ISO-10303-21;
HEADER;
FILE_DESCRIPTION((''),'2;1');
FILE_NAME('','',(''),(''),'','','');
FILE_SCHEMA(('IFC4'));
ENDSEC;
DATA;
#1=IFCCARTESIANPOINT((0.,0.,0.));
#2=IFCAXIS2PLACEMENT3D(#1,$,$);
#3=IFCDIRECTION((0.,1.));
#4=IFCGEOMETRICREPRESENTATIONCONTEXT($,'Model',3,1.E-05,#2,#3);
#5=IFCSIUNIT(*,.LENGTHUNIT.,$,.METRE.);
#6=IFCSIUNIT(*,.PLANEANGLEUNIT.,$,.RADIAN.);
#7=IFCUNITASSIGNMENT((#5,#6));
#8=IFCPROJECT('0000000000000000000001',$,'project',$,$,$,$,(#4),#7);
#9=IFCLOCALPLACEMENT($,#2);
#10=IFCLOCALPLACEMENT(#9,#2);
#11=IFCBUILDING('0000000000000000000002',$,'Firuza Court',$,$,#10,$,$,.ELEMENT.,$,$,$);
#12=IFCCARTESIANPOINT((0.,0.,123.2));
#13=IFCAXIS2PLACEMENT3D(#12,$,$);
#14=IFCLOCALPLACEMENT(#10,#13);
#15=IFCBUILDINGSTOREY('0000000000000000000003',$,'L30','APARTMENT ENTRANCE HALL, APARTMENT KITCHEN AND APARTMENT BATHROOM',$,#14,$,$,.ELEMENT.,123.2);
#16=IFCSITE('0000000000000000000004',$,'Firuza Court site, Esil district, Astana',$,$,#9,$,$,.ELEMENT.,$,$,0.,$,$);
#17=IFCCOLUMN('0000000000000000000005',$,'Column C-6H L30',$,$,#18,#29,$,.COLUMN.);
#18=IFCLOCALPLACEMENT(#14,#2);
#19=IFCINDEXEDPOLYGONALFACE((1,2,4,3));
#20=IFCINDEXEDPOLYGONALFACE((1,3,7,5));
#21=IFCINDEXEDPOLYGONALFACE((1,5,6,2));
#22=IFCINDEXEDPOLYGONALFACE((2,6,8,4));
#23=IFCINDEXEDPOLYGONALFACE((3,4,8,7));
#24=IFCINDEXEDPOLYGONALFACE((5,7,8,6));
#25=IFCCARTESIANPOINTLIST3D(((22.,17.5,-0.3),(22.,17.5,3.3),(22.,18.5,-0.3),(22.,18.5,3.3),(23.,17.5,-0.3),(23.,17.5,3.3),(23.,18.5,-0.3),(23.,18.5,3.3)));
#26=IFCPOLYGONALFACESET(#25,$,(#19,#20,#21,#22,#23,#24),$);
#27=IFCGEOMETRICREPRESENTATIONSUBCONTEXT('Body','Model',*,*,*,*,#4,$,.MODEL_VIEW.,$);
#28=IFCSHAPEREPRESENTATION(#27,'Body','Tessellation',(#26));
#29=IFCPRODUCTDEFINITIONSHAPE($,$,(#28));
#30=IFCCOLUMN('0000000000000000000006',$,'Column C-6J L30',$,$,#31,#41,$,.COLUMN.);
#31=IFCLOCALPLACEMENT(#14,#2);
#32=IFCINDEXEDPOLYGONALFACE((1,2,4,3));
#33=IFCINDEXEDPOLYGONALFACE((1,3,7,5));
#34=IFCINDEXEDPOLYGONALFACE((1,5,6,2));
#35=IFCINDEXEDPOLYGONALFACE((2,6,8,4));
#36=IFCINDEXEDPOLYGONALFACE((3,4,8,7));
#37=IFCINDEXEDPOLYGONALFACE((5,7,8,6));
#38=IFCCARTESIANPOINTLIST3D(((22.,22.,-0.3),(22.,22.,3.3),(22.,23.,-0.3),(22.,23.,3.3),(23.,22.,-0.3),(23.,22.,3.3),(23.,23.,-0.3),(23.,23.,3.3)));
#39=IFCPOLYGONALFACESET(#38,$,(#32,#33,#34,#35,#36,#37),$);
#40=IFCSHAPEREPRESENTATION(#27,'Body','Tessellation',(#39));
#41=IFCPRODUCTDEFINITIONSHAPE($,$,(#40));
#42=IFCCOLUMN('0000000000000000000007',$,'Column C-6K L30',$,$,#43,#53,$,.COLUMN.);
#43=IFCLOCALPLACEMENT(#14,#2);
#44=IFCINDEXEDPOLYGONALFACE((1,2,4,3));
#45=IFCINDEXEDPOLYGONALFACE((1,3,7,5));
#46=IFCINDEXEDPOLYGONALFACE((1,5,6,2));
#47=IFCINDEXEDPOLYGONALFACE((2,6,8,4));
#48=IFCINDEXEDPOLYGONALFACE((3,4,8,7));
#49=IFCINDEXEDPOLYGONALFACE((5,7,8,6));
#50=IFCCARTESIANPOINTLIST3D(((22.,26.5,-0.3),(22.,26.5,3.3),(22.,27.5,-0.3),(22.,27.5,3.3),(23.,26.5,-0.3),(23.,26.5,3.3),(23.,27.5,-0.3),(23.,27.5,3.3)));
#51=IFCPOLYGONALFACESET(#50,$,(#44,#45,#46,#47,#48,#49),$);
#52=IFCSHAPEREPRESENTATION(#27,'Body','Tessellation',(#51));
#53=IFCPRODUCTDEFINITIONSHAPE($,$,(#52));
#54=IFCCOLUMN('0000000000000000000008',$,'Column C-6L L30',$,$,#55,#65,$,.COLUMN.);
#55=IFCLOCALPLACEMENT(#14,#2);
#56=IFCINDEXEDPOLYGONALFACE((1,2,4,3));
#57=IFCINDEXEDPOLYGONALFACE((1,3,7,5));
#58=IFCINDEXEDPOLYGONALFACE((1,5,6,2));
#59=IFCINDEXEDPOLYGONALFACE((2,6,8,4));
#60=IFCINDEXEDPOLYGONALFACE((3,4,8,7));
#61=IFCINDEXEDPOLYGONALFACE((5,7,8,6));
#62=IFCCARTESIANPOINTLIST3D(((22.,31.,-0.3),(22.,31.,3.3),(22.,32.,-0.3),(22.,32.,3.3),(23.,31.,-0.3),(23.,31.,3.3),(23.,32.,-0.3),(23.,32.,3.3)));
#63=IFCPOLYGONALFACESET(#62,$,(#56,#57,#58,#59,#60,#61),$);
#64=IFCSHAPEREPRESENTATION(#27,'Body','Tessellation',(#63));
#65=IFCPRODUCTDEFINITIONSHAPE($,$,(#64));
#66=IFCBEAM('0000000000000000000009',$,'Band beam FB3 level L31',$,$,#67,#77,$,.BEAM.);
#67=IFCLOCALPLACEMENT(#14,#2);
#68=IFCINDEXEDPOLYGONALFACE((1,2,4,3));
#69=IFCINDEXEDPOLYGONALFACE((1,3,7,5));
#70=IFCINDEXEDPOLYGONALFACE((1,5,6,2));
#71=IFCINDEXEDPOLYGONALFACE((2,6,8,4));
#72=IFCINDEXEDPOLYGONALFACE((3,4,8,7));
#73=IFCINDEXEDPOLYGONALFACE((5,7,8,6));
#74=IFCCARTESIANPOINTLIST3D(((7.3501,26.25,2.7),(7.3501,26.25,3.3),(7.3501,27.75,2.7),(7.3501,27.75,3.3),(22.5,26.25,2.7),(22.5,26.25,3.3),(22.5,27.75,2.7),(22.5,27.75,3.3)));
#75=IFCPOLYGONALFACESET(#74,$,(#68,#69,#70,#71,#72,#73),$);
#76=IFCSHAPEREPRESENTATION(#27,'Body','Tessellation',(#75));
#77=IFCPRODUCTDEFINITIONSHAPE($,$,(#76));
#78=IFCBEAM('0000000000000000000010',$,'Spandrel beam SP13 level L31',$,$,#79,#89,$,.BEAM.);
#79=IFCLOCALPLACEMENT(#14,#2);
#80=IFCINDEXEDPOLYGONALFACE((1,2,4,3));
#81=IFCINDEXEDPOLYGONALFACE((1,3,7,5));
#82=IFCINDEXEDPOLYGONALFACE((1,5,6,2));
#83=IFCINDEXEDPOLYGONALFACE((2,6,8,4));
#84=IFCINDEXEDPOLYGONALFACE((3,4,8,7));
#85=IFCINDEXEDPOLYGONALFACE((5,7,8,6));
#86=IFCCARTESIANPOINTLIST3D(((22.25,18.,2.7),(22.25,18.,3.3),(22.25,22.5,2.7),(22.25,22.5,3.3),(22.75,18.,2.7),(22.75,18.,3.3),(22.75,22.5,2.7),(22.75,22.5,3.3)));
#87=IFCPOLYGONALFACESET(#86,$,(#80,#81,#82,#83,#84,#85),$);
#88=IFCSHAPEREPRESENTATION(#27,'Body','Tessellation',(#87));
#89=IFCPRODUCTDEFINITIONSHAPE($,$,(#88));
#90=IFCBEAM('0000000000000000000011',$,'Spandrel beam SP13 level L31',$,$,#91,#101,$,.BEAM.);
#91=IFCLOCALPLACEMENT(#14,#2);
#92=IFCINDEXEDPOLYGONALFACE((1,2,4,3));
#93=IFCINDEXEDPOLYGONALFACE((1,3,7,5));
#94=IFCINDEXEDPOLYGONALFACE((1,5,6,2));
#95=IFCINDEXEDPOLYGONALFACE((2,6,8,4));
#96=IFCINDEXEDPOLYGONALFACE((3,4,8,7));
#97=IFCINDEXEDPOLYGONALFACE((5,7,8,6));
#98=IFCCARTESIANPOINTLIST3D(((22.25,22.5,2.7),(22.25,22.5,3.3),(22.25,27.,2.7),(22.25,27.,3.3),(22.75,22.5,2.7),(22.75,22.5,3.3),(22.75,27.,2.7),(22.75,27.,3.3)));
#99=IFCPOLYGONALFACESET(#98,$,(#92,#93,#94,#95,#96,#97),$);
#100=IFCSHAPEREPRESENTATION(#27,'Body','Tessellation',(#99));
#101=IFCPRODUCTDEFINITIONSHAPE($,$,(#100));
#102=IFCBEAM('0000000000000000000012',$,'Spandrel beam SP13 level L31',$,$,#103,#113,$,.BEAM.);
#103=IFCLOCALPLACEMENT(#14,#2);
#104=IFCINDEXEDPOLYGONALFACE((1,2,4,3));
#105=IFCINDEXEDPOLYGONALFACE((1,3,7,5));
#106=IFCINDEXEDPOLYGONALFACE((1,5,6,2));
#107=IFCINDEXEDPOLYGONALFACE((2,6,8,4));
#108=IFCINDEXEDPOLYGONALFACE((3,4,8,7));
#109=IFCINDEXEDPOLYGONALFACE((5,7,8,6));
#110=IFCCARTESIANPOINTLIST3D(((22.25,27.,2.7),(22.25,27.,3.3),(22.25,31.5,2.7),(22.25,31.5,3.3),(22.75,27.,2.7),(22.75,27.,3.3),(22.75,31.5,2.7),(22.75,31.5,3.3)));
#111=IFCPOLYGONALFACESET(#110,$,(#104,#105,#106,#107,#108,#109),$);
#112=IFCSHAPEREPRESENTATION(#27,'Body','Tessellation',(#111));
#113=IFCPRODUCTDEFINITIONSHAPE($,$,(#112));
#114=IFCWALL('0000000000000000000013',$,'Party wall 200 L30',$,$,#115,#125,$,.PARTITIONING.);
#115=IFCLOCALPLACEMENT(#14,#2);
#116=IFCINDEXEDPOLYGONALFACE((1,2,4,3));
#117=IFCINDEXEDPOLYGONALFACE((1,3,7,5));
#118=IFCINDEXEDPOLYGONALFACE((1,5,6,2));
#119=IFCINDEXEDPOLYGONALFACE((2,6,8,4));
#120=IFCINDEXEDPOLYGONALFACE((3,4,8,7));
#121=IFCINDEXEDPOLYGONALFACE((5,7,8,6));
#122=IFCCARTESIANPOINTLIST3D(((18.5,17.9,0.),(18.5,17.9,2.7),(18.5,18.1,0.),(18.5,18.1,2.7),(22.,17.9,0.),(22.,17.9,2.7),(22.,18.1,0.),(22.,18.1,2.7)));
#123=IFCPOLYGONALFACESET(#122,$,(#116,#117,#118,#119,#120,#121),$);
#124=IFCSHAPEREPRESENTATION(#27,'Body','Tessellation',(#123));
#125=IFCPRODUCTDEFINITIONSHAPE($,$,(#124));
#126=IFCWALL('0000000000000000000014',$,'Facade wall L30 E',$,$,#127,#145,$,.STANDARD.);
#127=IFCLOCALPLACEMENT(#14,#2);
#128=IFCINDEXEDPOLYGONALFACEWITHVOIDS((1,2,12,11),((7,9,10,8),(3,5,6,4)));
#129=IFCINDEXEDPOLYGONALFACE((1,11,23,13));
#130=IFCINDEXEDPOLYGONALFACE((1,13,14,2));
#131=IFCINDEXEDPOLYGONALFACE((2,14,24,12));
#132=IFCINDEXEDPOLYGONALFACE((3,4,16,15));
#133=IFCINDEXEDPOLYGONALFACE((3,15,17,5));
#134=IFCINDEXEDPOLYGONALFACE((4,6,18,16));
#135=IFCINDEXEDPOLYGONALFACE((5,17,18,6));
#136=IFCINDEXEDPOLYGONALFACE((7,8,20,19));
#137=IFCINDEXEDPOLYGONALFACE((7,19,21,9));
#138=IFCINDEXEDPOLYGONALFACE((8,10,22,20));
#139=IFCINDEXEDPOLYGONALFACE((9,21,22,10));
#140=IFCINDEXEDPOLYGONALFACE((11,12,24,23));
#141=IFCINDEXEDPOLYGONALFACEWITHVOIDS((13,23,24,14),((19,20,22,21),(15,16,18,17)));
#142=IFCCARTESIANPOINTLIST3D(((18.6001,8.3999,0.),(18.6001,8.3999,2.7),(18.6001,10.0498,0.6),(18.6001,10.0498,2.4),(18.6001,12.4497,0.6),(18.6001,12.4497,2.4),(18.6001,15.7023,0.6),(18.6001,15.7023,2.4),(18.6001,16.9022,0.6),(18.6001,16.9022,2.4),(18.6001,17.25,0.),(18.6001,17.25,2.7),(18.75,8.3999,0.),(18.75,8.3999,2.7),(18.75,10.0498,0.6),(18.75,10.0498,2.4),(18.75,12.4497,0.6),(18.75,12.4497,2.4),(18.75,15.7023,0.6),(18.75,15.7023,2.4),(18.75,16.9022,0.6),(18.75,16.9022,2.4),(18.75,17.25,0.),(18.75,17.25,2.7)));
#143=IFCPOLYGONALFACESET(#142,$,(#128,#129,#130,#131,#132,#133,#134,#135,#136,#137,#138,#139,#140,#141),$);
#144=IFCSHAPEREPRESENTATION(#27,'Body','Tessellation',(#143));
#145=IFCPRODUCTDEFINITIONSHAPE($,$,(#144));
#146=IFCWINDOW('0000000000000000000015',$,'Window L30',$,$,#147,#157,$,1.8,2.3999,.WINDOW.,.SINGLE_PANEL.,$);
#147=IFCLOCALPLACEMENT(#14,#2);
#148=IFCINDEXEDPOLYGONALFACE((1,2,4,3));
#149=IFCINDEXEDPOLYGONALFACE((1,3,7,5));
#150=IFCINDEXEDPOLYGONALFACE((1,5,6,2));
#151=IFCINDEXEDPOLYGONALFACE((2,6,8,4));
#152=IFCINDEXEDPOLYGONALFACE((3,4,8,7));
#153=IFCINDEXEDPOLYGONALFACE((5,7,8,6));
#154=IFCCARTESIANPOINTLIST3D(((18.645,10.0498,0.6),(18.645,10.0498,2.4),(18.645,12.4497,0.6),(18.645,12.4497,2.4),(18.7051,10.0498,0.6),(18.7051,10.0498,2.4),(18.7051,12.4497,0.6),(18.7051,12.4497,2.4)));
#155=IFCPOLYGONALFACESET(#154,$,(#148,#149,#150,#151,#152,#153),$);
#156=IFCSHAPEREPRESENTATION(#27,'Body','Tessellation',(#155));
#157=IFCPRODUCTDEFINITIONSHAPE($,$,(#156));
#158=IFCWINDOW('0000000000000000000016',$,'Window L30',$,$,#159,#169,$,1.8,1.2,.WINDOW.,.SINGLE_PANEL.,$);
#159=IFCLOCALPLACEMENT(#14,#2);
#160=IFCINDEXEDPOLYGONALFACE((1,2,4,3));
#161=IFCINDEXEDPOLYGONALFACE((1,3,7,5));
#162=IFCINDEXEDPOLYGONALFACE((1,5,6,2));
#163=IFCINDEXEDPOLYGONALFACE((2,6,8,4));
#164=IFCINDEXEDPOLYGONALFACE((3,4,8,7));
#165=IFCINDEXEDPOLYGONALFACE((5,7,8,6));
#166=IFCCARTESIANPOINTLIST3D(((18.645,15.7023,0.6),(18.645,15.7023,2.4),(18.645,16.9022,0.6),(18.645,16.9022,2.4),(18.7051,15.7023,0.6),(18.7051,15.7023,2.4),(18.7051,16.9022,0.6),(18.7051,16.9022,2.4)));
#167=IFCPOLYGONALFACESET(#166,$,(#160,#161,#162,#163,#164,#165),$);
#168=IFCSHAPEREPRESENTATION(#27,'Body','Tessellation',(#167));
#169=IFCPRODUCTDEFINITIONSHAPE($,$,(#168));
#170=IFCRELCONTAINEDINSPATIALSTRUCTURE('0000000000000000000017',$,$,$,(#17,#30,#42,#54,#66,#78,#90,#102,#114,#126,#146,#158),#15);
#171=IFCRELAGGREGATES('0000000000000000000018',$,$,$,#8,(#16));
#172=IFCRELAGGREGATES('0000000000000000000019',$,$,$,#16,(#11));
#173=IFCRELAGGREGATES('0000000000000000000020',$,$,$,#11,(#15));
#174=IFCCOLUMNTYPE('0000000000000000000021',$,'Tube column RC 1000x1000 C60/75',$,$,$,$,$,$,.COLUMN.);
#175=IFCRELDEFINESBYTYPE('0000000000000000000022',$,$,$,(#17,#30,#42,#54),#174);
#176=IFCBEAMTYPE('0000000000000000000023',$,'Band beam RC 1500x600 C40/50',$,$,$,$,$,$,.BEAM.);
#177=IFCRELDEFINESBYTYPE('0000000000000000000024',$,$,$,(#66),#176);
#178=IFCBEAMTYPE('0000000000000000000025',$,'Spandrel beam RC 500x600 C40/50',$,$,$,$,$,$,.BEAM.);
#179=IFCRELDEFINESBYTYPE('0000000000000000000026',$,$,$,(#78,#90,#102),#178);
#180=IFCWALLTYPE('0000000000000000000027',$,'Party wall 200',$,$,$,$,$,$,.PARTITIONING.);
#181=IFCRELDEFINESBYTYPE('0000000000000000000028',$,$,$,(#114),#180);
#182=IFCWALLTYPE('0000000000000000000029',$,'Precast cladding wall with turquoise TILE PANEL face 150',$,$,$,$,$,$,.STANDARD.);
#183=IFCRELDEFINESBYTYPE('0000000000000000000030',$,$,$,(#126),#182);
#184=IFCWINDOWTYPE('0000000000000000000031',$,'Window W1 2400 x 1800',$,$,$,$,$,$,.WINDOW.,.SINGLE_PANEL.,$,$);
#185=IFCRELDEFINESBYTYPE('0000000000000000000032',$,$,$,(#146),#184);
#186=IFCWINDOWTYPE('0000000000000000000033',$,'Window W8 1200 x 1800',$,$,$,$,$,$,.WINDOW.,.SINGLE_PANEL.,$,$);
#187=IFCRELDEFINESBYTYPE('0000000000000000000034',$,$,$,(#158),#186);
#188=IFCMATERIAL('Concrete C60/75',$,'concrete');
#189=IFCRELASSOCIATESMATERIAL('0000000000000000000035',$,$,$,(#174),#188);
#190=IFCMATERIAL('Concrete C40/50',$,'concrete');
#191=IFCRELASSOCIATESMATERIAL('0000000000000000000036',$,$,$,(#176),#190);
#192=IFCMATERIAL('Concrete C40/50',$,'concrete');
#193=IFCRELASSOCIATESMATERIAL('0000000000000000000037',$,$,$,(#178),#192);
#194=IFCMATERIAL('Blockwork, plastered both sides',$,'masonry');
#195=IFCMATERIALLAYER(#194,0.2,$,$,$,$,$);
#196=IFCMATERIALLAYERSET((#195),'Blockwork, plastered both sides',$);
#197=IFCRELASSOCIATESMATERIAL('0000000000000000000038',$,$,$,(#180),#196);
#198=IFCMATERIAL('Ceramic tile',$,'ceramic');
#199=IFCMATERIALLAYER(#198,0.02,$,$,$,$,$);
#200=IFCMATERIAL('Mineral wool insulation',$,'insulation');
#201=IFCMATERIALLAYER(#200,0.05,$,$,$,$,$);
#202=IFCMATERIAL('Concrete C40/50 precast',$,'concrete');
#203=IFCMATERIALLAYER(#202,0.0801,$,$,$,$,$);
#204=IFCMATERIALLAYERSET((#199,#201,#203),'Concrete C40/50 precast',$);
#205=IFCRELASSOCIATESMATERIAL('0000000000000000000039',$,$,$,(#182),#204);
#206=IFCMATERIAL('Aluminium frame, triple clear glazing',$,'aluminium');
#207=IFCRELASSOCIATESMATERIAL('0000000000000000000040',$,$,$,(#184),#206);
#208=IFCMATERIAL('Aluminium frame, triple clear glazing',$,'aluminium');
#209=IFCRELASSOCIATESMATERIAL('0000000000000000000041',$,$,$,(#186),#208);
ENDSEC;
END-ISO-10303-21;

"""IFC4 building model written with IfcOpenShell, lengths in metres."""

from ifc_helpers import new_model, si_unit, direction, frame, frame_2d, origin, origin_2d, place, context, subcontext, project, spatial, rectangle, extrude, material, layer, layer_set, material_profile, profile_set, type_object, element, fill, save


model = new_model("IFC4")

# Units and contexts
model_context = context("Model", 3, precision=1e-05, world=origin(), true_north=direction((0.0, 1.0)))
body_context = subcontext(model_context, "Body", "Model", "MODEL_VIEW")
ifc_project = project(units=[si_unit("LENGTHUNIT", "METRE"), si_unit("PLANEANGLEUNIT", "RADIAN")], contexts=[model_context])

# Site, building, storey
site_placement = place(None, origin())
site = spatial("IfcSite", under=ifc_project, at=site_placement, Name="Firuza Court site, Esil district, Astana", CompositionType="ELEMENT", RefElevation=0.0)
building_placement = place(site_placement, origin())
building = spatial("IfcBuilding", under=site, at=building_placement, Name="Firuza Court", CompositionType="ELEMENT")
storey_placement = place(building_placement, frame((0.0, 0.0, 123.2)))
storey = spatial("IfcBuildingStorey", under=building, at=storey_placement, Name="L30", Description="APARTMENT ENTRANCE HALL, APARTMENT KITCHEN AND APARTMENT BATHROOM", CompositionType="ELEMENT", Elevation=123.2)

# Columns
ifc_material_1 = material(Name="Concrete C60/75", Category="concrete")
ifc_material_profile_1 = material_profile(ifc_material_1, rectangle(XDim=1.0, YDim=1.0, at=origin_2d()), Name="RC 1000x1000")
ifc_profile_set_1 = profile_set([ifc_material_profile_1], Name="Concrete C60/75")
column_type = type_object("IfcColumnType", Name="Tube column RC 1000x1000 C60/75", PredefinedType="COLUMN", material=ifc_profile_set_1)
for number, where, z_axis, x_axis, name in (
    (1, (22.5, 18.0, -0.3), (0.0, 0.0, 1.0), (1.0, 0.0, 0.0), "Column C-6H L30"),
    (2, (22.5, 22.5, -0.3), (0.0, 0.0, 1.0), (1.0, 0.0, 0.0), "Column C-6J L30"),
    (3, (22.5, 27.0, -0.3), (0.0, 0.0, 1.0), (1.0, 0.0, 0.0), "Column C-6K L30"),
    (4, (22.5, 31.5, -0.3), (0.0, 0.0, 1.0), (1.0, 0.0, 0.0), "Column C-6L L30"),
):
    element("IfcColumn", number, at=place(storey_placement, frame(where, z_axis=z_axis, x_axis=x_axis)), inside=storey, type_object=column_type, Name=name, PredefinedType="COLUMN", context=body_context, shape_type="SweptSolid", body=[
        extrude(rectangle(XDim=1.0, YDim=1.0, at=origin_2d()), origin(), (0.0, 0.0, 1.0), 3.6001),
    ])

# Beams
ifc_material_2 = material(Name="Concrete C40/50", Category="concrete")
ifc_material_profile_2 = material_profile(ifc_material_2, rectangle(XDim=1.5, YDim=0.6001, at=origin_2d()), Name="RC 1500x600")
ifc_profile_set_2 = profile_set([ifc_material_profile_2], Name="Concrete C40/50")
beam_type_1 = type_object("IfcBeamType", Name="Band beam RC 1500x600 C40/50", PredefinedType="BEAM", material=ifc_profile_set_2)
beam_placement = place(storey_placement, frame((22.5, 27.0, 3.0), z_axis=(-1.0, 0.0, 0.0), x_axis=(0.0, -1.0, 0.0)))
element("IfcBeam", 5, at=beam_placement, inside=storey, type_object=beam_type_1, Name="Band beam FB3 level L31", PredefinedType="BEAM", context=body_context, shape_type="SweptSolid", body=[
    extrude(rectangle(XDim=1.5, YDim=0.6001, at=origin_2d()), origin(), (0.0, 0.0, 1.0), 15.1499),
])
ifc_material_3 = material(Name="Concrete C40/50", Category="concrete")
ifc_material_profile_3 = material_profile(ifc_material_3, rectangle(XDim=0.5, YDim=0.6001, at=origin_2d()), Name="RC 500x600")
ifc_profile_set_3 = profile_set([ifc_material_profile_3], Name="Concrete C40/50")
beam_type_2 = type_object("IfcBeamType", Name="Spandrel beam RC 500x600 C40/50", PredefinedType="BEAM", material=ifc_profile_set_3)
for number, where, z_axis, x_axis, name in (
    (6, (22.5, 18.0, 3.0), (0.0, 1.0, 0.0), (-1.0, 0.0, 0.0), "Spandrel beam SP13 level L31"),
    (7, (22.5, 22.5, 3.0), (0.0, 1.0, 0.0), (-1.0, 0.0, 0.0), "Spandrel beam SP13 level L31"),
    (8, (22.5, 27.0, 3.0), (0.0, 1.0, 0.0), (-1.0, 0.0, 0.0), "Spandrel beam SP13 level L31"),
):
    element("IfcBeam", number, at=place(storey_placement, frame(where, z_axis=z_axis, x_axis=x_axis)), inside=storey, type_object=beam_type_2, Name=name, PredefinedType="BEAM", context=body_context, shape_type="SweptSolid", body=[
        extrude(rectangle(XDim=0.5, YDim=0.6001, at=origin_2d()), origin(), (0.0, 0.0, 1.0), 4.5),
    ])

# Wall
ifc_material_4 = material(Name="Blockwork, plastered both sides", Category="masonry")
ifc_layer_1 = layer(ifc_material_4, 0.2)
ifc_layer_set_1 = layer_set([ifc_layer_1], Name="Blockwork, plastered both sides")
wall_type_1 = type_object("IfcWallType", Name="Party wall 200", PredefinedType="PARTITIONING", material=ifc_layer_set_1)
wall_1_placement = place(storey_placement, frame((18.5, 18.0, 0.0), z_axis=(0.0, 0.0, 1.0), x_axis=(1.0, 0.0, 0.0)))
element("IfcWall", 9, at=wall_1_placement, inside=storey, type_object=wall_type_1, Name="Party wall 200 L30", PredefinedType="PARTITIONING", context=body_context, shape_type="SweptSolid", body=[
    extrude(rectangle(XDim=3.5, YDim=0.2, at=frame_2d((1.75, 0.0))), origin(), (0.0, 0.0, 1.0), 2.7),
])

# Wall, openings, windows
ifc_material_5 = material(Name="Ceramic tile", Category="ceramic")
ifc_layer_2 = layer(ifc_material_5, 0.02)
ifc_material_6 = material(Name="Mineral wool insulation", Category="insulation")
ifc_layer_3 = layer(ifc_material_6, 0.05)
ifc_material_7 = material(Name="Concrete C40/50 precast", Category="concrete")
ifc_layer_4 = layer(ifc_material_7, 0.0801)
ifc_layer_set_2 = layer_set([ifc_layer_2, ifc_layer_3, ifc_layer_4], Name="Concrete C40/50 precast")
wall_type_2 = type_object("IfcWallType", Name="Precast cladding wall with turquoise TILE PANEL face 150", PredefinedType="STANDARD", material=ifc_layer_set_2)
wall_2_placement = place(storey_placement, frame((18.675, 8.3999, 0.0), z_axis=(0.0, 0.0, 1.0), x_axis=(0.0, 1.0, 0.0)))
wall_2 = element("IfcWall", 10, at=wall_2_placement, inside=storey, type_object=wall_type_2, Name="Facade wall L30 E", PredefinedType="STANDARD", context=body_context, shape_type="SweptSolid", body=[
    extrude(rectangle(XDim=8.8501, YDim=0.1499, at=frame_2d((4.425, 0.0))), origin(), (0.0, 0.0, 1.0), 2.7),
])
opening_1_placement = place(wall_2_placement, frame((1.6499, 0.0, 0.6001)))
opening_1 = element("IfcOpeningElement", 11, at=opening_1_placement, cuts=wall_2, PredefinedType="OPENING", context=body_context, shape_type="SweptSolid", body=[
    extrude(rectangle(XDim=2.3999, YDim=1.8, at=frame_2d((1.2, 0.8999))), frame((0.0, 0.0869, 0.0), z_axis=(0.0, -1.0, 0.0), x_axis=(1.0, 0.0, 0.0)), (0.0, 0.0, 1.0), 0.1738),
])
opening_2_placement = place(wall_2_placement, frame((7.3022, 0.0, 0.6001)))
opening_2 = element("IfcOpeningElement", 12, at=opening_2_placement, cuts=wall_2, PredefinedType="OPENING", context=body_context, shape_type="SweptSolid", body=[
    extrude(rectangle(XDim=1.2, YDim=1.8, at=frame_2d((0.6001, 0.8999))), frame((0.0, 0.0869, 0.0), z_axis=(0.0, -1.0, 0.0), x_axis=(1.0, 0.0, 0.0)), (0.0, 0.0, 1.0), 0.1738),
])
ifc_material_8 = material(Name="Aluminium frame, triple clear glazing", Category="aluminium")
window_type_1 = type_object("IfcWindowType", Name="Window W1 2400 x 1800", PartitioningType="SINGLE_PANEL", PredefinedType="WINDOW", material=ifc_material_8)
window_1_placement = place(opening_1_placement, origin())
window_1 = element("IfcWindow", 13, at=window_1_placement, inside=storey, type_object=window_type_1, Name="Window L30", OverallHeight=1.8, OverallWidth=2.3999, PartitioningType="SINGLE_PANEL", PredefinedType="WINDOW", context=body_context, shape_type="SweptSolid", body=[
    extrude(rectangle(XDim=2.3999, YDim=1.8, at=frame_2d((1.2, 0.8999))), frame((0.0, 0.03, 0.0), z_axis=(0.0, -1.0, 0.0), x_axis=(1.0, 0.0, 0.0)), (0.0, 0.0, 1.0), 0.0601),
])
fill(opening_1, window_1)
ifc_material_9 = material(Name="Aluminium frame, triple clear glazing", Category="aluminium")
window_type_2 = type_object("IfcWindowType", Name="Window W8 1200 x 1800", PartitioningType="SINGLE_PANEL", PredefinedType="WINDOW", material=ifc_material_9)
window_2_placement = place(opening_2_placement, origin())
window_2 = element("IfcWindow", 14, at=window_2_placement, inside=storey, type_object=window_type_2, Name="Window L30", OverallHeight=1.8, OverallWidth=1.2, PartitioningType="SINGLE_PANEL", PredefinedType="WINDOW", context=body_context, shape_type="SweptSolid", body=[
    extrude(rectangle(XDim=1.2, YDim=1.8, at=frame_2d((0.6001, 0.8999))), frame((0.0, 0.03, 0.0), z_axis=(0.0, -1.0, 0.0), x_axis=(1.0, 0.0, 0.0)), (0.0, 0.0, 1.0), 0.0601),
])
fill(opening_2, window_2)

save(model, "model.ifc")
